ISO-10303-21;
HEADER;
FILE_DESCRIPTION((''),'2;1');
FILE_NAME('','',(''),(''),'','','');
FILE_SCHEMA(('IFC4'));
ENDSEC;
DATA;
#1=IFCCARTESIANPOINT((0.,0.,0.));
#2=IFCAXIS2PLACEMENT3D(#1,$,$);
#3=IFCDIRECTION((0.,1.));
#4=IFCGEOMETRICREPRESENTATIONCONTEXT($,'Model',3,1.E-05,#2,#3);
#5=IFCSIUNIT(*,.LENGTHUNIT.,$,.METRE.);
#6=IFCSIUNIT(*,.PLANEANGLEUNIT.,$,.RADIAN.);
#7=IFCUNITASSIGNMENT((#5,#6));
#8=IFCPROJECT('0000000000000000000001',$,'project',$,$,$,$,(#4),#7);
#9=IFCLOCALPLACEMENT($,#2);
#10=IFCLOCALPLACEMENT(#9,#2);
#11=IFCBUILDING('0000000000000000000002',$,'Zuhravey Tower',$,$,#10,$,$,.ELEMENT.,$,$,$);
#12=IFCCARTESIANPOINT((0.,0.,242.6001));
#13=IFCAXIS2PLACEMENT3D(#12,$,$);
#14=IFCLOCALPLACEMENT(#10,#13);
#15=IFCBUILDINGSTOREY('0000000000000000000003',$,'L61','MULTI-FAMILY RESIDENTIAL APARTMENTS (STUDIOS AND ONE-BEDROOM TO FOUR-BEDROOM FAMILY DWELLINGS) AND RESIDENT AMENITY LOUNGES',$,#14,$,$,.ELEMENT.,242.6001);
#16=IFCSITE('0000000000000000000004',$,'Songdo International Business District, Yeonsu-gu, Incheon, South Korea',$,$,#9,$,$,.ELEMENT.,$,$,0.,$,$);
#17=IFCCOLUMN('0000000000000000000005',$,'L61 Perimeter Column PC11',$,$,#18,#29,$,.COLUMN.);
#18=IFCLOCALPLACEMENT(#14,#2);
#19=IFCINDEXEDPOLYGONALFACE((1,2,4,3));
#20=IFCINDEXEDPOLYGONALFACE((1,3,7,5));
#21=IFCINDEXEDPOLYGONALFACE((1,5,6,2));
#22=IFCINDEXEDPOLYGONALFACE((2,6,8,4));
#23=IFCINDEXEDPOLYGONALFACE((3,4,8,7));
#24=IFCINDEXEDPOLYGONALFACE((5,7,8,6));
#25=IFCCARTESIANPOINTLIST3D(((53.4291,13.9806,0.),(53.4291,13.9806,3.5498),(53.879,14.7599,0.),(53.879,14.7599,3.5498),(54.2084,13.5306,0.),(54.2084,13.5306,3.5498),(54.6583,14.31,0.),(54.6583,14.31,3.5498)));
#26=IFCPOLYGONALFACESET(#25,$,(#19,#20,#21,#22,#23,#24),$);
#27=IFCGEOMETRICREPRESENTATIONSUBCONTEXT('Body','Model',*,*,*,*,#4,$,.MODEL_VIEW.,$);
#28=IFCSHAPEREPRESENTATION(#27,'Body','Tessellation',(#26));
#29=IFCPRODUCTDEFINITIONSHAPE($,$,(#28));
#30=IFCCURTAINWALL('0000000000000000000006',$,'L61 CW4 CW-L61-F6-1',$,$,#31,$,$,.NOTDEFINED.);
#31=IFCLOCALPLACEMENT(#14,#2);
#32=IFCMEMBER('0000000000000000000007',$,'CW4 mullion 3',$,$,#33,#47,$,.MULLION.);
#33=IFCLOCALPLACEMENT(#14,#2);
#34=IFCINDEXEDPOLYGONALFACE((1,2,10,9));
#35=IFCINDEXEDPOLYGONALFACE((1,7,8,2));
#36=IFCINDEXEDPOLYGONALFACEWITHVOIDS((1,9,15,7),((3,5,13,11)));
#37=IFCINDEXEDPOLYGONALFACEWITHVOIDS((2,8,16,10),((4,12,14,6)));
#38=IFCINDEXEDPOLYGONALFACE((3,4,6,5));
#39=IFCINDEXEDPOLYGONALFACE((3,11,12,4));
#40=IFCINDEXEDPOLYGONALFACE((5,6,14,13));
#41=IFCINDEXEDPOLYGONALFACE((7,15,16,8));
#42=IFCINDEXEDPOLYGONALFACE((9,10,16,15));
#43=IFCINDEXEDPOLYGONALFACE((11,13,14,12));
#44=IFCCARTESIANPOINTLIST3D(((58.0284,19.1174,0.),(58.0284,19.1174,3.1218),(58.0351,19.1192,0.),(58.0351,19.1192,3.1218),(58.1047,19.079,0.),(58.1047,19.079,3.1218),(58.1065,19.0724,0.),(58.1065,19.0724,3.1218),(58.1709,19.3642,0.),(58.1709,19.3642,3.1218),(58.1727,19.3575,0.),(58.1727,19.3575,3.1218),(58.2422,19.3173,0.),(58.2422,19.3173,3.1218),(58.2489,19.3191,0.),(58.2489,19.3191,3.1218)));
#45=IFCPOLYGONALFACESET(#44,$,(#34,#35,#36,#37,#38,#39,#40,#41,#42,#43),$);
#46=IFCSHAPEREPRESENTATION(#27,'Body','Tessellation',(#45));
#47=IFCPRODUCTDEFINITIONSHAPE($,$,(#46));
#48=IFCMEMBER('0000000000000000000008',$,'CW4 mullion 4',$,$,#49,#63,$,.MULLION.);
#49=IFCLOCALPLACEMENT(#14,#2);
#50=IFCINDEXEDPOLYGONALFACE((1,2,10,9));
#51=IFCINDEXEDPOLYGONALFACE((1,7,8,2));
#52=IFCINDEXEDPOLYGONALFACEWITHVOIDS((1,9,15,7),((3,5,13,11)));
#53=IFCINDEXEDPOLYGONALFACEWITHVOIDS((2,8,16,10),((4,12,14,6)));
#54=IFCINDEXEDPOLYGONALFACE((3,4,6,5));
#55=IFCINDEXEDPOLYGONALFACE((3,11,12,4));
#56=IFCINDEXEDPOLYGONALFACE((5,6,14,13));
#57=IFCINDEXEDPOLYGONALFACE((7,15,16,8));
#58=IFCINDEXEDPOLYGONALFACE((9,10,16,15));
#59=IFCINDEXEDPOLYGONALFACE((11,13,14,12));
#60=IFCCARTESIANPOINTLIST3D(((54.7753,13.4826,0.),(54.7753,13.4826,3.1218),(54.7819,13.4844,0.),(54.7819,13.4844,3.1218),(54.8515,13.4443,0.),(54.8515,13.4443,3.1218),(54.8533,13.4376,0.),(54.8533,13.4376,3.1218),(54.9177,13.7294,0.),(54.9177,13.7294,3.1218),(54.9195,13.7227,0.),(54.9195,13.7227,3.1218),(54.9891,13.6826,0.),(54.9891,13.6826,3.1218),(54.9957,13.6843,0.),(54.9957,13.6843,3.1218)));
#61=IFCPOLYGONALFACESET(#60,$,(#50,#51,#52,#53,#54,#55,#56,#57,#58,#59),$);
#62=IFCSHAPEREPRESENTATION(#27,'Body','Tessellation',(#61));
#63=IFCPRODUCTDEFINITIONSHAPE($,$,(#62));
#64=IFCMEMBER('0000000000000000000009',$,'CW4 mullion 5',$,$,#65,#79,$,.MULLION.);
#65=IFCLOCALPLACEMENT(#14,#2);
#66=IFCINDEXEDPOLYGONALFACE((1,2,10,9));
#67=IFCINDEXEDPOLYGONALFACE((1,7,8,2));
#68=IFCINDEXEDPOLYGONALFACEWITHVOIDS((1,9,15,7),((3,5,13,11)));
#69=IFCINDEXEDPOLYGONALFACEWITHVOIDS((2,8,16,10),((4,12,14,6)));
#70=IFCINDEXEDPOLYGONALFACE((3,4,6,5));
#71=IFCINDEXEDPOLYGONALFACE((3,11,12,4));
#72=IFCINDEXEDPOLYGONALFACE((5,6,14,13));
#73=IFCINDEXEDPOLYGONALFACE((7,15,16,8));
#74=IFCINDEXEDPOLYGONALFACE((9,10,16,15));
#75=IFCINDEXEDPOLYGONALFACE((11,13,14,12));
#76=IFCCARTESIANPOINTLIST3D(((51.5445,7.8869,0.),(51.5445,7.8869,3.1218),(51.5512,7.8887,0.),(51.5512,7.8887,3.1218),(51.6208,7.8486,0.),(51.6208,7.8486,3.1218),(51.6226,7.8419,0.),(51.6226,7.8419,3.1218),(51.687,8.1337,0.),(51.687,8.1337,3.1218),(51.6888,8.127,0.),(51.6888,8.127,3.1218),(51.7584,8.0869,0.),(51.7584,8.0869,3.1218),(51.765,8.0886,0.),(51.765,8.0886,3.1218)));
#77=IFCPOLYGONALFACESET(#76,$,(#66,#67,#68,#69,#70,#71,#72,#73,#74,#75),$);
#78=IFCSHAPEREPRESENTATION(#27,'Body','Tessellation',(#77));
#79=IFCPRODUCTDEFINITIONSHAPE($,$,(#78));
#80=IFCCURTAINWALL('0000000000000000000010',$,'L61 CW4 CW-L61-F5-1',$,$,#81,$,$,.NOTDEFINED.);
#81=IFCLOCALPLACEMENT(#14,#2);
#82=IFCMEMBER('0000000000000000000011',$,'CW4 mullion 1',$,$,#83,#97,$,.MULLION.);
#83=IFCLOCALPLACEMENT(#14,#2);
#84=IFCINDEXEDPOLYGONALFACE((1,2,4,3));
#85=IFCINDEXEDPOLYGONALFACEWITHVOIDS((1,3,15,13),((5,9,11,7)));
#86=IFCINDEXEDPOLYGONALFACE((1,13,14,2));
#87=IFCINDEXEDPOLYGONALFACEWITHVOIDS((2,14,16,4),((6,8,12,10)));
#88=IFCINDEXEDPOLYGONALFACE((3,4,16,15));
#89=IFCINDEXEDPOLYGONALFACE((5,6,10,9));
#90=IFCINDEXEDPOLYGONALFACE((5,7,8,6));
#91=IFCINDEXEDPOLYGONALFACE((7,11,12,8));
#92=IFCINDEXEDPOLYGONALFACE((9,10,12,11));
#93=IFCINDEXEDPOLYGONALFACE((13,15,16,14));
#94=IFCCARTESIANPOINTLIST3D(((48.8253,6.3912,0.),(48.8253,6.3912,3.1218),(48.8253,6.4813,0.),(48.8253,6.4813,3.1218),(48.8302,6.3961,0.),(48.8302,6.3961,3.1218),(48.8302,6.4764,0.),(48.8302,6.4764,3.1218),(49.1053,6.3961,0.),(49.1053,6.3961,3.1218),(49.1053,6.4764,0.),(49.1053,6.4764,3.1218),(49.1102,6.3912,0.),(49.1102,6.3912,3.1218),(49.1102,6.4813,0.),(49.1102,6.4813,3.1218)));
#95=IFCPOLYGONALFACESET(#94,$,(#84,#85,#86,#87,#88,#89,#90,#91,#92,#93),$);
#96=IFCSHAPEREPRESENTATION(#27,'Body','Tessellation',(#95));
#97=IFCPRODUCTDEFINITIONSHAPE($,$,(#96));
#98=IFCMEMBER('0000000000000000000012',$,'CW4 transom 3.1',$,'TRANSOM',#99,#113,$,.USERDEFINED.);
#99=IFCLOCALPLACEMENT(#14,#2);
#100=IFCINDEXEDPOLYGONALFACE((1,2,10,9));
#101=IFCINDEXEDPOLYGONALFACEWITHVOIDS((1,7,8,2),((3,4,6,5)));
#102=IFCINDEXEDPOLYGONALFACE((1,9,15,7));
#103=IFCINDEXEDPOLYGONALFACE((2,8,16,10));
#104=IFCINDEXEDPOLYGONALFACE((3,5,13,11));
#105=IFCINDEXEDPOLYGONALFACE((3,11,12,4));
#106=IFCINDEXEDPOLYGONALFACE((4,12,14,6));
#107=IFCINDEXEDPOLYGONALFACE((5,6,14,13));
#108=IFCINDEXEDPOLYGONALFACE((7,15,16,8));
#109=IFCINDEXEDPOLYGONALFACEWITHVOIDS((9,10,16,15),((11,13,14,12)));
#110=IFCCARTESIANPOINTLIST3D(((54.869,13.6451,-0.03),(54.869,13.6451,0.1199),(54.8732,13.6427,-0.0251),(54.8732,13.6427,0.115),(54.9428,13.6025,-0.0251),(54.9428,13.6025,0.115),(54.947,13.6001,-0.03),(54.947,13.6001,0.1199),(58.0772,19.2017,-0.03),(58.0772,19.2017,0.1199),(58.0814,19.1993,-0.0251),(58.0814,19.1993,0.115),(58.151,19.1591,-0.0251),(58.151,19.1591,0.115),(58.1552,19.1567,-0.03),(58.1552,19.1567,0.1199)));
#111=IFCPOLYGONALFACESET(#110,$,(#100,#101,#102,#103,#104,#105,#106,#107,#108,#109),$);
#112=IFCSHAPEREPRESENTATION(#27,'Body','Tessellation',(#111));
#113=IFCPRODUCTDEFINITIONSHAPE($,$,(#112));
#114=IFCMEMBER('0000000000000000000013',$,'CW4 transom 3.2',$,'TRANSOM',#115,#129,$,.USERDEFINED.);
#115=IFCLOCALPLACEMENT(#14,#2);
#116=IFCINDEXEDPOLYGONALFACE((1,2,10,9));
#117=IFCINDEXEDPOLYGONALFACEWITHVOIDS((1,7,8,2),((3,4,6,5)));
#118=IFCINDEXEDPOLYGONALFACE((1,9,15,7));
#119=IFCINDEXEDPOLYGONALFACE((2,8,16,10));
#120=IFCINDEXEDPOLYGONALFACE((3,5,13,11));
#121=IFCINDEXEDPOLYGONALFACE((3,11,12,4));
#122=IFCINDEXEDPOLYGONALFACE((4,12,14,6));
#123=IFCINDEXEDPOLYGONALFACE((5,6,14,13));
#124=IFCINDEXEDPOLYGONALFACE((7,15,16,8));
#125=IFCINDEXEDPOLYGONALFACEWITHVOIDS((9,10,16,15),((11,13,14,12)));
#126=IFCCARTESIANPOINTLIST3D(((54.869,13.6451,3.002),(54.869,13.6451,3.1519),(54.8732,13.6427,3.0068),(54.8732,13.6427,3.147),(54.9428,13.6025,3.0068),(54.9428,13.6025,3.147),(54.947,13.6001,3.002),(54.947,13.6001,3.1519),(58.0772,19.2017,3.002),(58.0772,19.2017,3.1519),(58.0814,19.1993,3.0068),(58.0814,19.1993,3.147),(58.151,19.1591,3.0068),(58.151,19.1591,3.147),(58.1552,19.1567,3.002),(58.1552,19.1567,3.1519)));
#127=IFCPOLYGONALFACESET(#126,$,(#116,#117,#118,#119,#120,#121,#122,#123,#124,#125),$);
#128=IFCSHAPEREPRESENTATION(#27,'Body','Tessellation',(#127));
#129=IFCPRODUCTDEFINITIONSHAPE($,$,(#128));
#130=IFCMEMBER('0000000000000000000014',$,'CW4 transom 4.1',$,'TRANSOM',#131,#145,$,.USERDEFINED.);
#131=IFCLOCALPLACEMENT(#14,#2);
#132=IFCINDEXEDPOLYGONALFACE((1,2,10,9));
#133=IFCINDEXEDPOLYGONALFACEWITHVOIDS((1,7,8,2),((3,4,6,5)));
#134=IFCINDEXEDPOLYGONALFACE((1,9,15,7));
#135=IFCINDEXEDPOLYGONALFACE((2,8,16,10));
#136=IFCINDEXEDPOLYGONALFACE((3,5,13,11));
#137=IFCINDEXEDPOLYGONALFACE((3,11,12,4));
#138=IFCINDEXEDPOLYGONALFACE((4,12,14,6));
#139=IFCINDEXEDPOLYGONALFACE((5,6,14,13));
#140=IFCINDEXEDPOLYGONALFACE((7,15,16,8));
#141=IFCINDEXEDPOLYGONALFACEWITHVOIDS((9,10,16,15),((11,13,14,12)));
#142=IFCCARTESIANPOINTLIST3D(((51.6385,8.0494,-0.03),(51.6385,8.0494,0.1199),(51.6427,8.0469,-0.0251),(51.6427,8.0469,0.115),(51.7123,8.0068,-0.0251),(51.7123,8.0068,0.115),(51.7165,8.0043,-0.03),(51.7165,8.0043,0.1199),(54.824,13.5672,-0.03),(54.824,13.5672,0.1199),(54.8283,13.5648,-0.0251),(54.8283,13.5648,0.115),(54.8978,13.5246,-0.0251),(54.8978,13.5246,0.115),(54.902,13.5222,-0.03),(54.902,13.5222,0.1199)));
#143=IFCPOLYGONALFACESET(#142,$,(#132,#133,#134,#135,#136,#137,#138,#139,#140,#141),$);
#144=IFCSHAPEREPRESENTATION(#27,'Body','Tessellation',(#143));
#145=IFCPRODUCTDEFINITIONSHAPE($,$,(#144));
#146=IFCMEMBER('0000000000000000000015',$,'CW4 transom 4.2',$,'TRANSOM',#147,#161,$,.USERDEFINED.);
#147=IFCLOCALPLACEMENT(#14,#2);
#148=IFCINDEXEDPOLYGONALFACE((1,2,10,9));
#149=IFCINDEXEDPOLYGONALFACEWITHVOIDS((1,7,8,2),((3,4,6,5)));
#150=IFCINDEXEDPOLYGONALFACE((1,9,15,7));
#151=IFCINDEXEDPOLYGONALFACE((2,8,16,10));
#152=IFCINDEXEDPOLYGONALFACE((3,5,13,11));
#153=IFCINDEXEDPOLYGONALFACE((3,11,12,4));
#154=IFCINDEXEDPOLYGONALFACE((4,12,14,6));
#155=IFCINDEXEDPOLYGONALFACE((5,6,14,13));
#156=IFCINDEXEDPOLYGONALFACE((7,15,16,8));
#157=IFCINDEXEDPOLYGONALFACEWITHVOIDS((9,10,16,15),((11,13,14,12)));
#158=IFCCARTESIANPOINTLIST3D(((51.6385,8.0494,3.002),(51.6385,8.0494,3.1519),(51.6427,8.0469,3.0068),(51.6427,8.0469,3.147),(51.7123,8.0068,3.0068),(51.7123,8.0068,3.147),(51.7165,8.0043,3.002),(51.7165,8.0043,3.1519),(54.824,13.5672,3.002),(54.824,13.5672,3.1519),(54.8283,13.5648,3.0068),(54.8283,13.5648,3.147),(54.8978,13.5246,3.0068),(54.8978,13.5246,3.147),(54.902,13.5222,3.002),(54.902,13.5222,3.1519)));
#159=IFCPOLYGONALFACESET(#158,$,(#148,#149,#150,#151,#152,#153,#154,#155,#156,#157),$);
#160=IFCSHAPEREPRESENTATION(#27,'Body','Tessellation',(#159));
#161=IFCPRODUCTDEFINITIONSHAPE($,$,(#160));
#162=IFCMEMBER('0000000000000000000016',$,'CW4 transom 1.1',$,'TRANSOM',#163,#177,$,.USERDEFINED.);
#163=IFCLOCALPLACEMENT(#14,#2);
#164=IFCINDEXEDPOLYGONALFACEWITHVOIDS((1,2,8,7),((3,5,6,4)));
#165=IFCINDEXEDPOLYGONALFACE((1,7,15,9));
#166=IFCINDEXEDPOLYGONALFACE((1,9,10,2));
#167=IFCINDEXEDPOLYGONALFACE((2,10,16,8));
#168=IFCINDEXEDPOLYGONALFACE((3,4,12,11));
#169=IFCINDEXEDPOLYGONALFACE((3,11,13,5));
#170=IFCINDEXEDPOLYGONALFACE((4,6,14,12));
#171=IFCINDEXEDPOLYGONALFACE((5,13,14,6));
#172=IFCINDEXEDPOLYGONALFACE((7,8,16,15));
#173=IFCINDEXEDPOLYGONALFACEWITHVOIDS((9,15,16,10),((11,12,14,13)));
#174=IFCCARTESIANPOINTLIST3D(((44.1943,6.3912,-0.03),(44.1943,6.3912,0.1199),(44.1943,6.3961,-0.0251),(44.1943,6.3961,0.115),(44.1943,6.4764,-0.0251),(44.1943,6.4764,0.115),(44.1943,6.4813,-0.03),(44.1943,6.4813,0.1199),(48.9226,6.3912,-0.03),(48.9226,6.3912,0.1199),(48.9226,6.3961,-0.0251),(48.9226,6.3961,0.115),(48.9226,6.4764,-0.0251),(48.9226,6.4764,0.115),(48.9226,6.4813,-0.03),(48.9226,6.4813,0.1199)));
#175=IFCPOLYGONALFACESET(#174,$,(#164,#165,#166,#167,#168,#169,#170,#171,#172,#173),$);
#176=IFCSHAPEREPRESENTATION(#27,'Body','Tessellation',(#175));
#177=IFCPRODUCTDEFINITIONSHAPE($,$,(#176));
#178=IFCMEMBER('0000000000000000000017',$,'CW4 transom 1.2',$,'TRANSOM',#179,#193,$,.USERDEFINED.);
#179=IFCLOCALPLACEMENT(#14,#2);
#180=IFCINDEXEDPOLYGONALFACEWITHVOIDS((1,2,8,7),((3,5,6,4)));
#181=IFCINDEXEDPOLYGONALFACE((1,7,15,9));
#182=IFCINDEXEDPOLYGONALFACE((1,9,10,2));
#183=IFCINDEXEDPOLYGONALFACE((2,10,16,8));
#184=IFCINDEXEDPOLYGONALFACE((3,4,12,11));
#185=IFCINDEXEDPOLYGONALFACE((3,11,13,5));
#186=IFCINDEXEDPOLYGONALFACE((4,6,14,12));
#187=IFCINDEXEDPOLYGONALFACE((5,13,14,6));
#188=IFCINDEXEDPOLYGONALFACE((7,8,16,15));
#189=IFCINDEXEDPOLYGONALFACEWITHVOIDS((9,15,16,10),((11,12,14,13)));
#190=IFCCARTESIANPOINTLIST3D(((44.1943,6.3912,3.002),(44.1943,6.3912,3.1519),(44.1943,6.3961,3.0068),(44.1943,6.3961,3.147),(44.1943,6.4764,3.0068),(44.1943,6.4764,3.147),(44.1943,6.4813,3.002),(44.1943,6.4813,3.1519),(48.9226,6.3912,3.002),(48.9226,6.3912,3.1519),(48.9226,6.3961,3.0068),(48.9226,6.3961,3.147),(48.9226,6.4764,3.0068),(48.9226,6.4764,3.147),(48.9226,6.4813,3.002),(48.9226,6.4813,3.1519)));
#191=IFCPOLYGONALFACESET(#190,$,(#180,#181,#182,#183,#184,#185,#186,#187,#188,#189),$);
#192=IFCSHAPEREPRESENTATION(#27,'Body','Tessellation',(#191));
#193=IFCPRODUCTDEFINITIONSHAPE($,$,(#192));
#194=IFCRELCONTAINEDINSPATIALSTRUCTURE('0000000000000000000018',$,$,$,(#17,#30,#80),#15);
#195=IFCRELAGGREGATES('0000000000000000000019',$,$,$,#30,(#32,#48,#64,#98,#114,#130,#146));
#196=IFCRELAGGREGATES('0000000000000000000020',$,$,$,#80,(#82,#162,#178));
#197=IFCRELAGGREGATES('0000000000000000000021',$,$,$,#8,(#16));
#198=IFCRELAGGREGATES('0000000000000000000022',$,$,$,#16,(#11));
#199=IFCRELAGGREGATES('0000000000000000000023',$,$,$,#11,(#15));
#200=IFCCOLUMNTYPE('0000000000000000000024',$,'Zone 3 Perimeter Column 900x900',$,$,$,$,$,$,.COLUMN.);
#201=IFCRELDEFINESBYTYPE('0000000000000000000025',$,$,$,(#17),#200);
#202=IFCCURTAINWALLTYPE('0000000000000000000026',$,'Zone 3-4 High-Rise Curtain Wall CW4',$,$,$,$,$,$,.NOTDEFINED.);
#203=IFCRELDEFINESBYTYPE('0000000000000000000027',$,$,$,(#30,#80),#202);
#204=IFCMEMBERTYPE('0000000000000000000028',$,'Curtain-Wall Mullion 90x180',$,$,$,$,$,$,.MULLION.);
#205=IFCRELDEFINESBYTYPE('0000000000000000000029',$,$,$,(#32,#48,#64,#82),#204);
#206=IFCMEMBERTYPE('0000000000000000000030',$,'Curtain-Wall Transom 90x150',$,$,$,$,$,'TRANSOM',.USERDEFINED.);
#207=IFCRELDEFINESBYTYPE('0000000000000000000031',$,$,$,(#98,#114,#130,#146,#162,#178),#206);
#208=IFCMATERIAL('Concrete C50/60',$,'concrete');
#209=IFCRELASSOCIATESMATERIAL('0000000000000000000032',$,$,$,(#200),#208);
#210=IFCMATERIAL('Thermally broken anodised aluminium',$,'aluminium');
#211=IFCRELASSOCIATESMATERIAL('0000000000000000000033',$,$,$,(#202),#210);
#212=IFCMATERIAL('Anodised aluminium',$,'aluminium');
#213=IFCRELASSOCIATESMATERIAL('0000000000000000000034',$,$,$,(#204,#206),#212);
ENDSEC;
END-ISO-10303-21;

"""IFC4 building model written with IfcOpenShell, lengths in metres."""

from ifc_helpers import new_model, si_unit, direction, frame, origin, origin_2d, place, context, subcontext, project, spatial, rectangle, hollow_rectangle, extrude, material, material_profile, profile_set, type_object, element, aggregate, save


model = new_model("IFC4")

# Units and contexts
model_context = context("Model", 3, precision=1e-05, world=origin(), true_north=direction((0.0, 1.0)))
body_context = subcontext(model_context, "Body", "Model", "MODEL_VIEW")
ifc_project = project(units=[si_unit("LENGTHUNIT", "METRE"), si_unit("PLANEANGLEUNIT", "RADIAN")], contexts=[model_context])

# Site, building, storey
site_placement = place(None, origin())
site = spatial("IfcSite", under=ifc_project, at=site_placement, Name="Songdo International Business District, Yeonsu-gu, Incheon, South Korea", CompositionType="ELEMENT", RefElevation=0.0)
building_placement = place(site_placement, origin())
building = spatial("IfcBuilding", under=site, at=building_placement, Name="Zuhravey Tower", CompositionType="ELEMENT")
storey_placement = place(building_placement, frame((0.0, 0.0, 242.6001)))
storey = spatial("IfcBuildingStorey", under=building, at=storey_placement, Name="L61", Description="MULTI-FAMILY RESIDENTIAL APARTMENTS (STUDIOS AND ONE-BEDROOM TO FOUR-BEDROOM FAMILY DWELLINGS) AND RESIDENT AMENITY LOUNGES", CompositionType="ELEMENT", Elevation=242.6001)

# Column
ifc_material_1 = material(Name="Concrete C50/60", Category="concrete")
ifc_material_profile_1 = material_profile(ifc_material_1, rectangle(XDim=0.8999, YDim=0.8999, at=origin_2d()), Name="RC-900x900")
ifc_profile_set_1 = profile_set([ifc_material_profile_1], Name="Concrete C50/60")
column_type = type_object("IfcColumnType", Name="Zone 3 Perimeter Column 900x900", PredefinedType="COLUMN", material=ifc_profile_set_1)
column_placement = place(storey_placement, frame((54.0437, 14.1453, 0.0), z_axis=(0.0, 0.0, 1.0), x_axis=(0.5, 0.866025, 0.0)))
element("IfcColumn", 1, at=column_placement, inside=storey, type_object=column_type, Name="L61 Perimeter Column PC11", PredefinedType="COLUMN", context=body_context, shape_type="SweptSolid", body=[
    extrude(rectangle(XDim=0.8999, YDim=0.8999, at=origin_2d()), origin(), (0.0, 0.0, 1.0), 3.5498),
])

# Curtain wall, members
ifc_material_2 = material(Name="Thermally broken anodised aluminium", Category="aluminium")
curtain_wall_type = type_object("IfcCurtainWallType", Name="Zone 3-4 High-Rise Curtain Wall CW4", PredefinedType="NOTDEFINED", material=ifc_material_2)
curtain_wall_1_placement = place(storey_placement, origin())
curtain_wall_1 = element("IfcCurtainWall", 2, at=curtain_wall_1_placement, inside=storey, type_object=curtain_wall_type, Name="L61 CW4 CW-L61-F6-1", PredefinedType="NOTDEFINED")
ifc_material_3 = material(Name="Anodised aluminium", Category="aluminium")
ifc_material_profile_2 = material_profile(ifc_material_3, hollow_rectangle(XDim=0.0901, YDim=0.2849, WallThickness=0.0049, at=origin_2d()), Name="ALU-RHS-90x285x5")
ifc_profile_set_2 = profile_set([ifc_material_profile_2], Name="Anodised aluminium")
member_type_1 = type_object("IfcMemberType", Name="Curtain-Wall Mullion 90x180", PredefinedType="MULLION", material=ifc_profile_set_2)
member_1_placement = place(storey_placement, frame((58.1387, 19.2183, 0.0), z_axis=(0.0, 0.0, 1.0), x_axis=(0.866025, -0.500001, 0.0)))
member_1 = element("IfcMember", 3, at=member_1_placement, type_object=member_type_1, Name="CW4 mullion 3", PredefinedType="MULLION", context=body_context, shape_type="SweptSolid", body=[
    extrude(hollow_rectangle(XDim=0.0901, YDim=0.2849, WallThickness=0.0049, at=origin_2d()), origin(), (0.0, 0.0, 1.0), 3.1218),
])
member_2_placement = place(storey_placement, frame((54.8855, 13.5835, 0.0), z_axis=(0.0, 0.0, 1.0), x_axis=(0.866025, -0.500001, 0.0)))
member_2 = element("IfcMember", 4, at=member_2_placement, type_object=member_type_1, Name="CW4 mullion 4", PredefinedType="MULLION", context=body_context, shape_type="SweptSolid", body=[
    extrude(hollow_rectangle(XDim=0.0901, YDim=0.2849, WallThickness=0.0049, at=origin_2d()), origin(), (0.0, 0.0, 1.0), 3.1218),
])
member_3_placement = place(storey_placement, frame((51.6548, 7.9878, 0.0), z_axis=(0.0, 0.0, 1.0), x_axis=(0.866025, -0.500001, 0.0)))
member_3 = element("IfcMember", 5, at=member_3_placement, type_object=member_type_1, Name="CW4 mullion 5", PredefinedType="MULLION", context=body_context, shape_type="SweptSolid", body=[
    extrude(hollow_rectangle(XDim=0.0901, YDim=0.2849, WallThickness=0.0049, at=origin_2d()), origin(), (0.0, 0.0, 1.0), 3.1218),
])

# Curtain wall, member
curtain_wall_2_placement = place(storey_placement, origin())
curtain_wall_2 = element("IfcCurtainWall", 6, at=curtain_wall_2_placement, inside=storey, type_object=curtain_wall_type, Name="L61 CW4 CW-L61-F5-1", PredefinedType="NOTDEFINED")
member_4_placement = place(storey_placement, frame((48.9678, 6.4363, 0.0), z_axis=(0.0, 0.0, 1.0), x_axis=(0.0, -1.0, 0.0)))
member_4 = element("IfcMember", 7, at=member_4_placement, type_object=member_type_1, Name="CW4 mullion 1", PredefinedType="MULLION", context=body_context, shape_type="SweptSolid", body=[
    extrude(hollow_rectangle(XDim=0.0901, YDim=0.2849, WallThickness=0.0049, at=origin_2d()), origin(), (0.0, 0.0, 1.0), 3.1218),
])

# Members
ifc_material_profile_3 = material_profile(ifc_material_3, hollow_rectangle(XDim=0.0901, YDim=0.1499, WallThickness=0.0049, at=origin_2d()), Name="ALU-RHS-90x150x5")
ifc_profile_set_3 = profile_set([ifc_material_profile_3], Name="Anodised aluminium")
member_type_2 = type_object("IfcMemberType", Name="Curtain-Wall Transom 90x150", ElementType="TRANSOM", PredefinedType="USERDEFINED", material=ifc_profile_set_3)
member_5_placement = place(storey_placement, frame((58.1162, 19.1792, 0.0449), z_axis=(-0.500014, -0.866017, 0.0), x_axis=(0.866017, -0.500014, 0.0)))
member_5 = element("IfcMember", 8, at=member_5_placement, type_object=member_type_2, Name="CW4 transom 3.1", ObjectType="TRANSOM", PredefinedType="USERDEFINED", context=body_context, shape_type="SweptSolid", body=[
    extrude(hollow_rectangle(XDim=0.0901, YDim=0.1499, WallThickness=0.0049, at=origin_2d()), origin(), (0.0, 0.0, 1.0), 6.4163),
])
member_6_placement = place(storey_placement, frame((58.1162, 19.1792, 3.0769), z_axis=(-0.500014, -0.866017, 0.0), x_axis=(0.866017, -0.500014, 0.0)))
member_6 = element("IfcMember", 9, at=member_6_placement, type_object=member_type_2, Name="CW4 transom 3.2", ObjectType="TRANSOM", PredefinedType="USERDEFINED", context=body_context, shape_type="SweptSolid", body=[
    extrude(hollow_rectangle(XDim=0.0901, YDim=0.1499, WallThickness=0.0049, at=origin_2d()), origin(), (0.0, 0.0, 1.0), 6.4163),
])
member_7_placement = place(storey_placement, frame((54.863, 13.5447, 0.0449), z_axis=(-0.49998, -0.866037, 0.0), x_axis=(0.866037, -0.49998, 0.0)))
member_7 = element("IfcMember", 10, at=member_7_placement, type_object=member_type_2, Name="CW4 transom 4.1", ObjectType="TRANSOM", PredefinedType="USERDEFINED", context=body_context, shape_type="SweptSolid", body=[
    extrude(hollow_rectangle(XDim=0.0901, YDim=0.1499, WallThickness=0.0049, at=origin_2d()), origin(), (0.0, 0.0, 1.0), 6.3713),
])
member_8_placement = place(storey_placement, frame((54.863, 13.5447, 3.0769), z_axis=(-0.49998, -0.866037, 0.0), x_axis=(0.866037, -0.49998, 0.0)))
member_8 = element("IfcMember", 11, at=member_8_placement, type_object=member_type_2, Name="CW4 transom 4.2", ObjectType="TRANSOM", PredefinedType="USERDEFINED", context=body_context, shape_type="SweptSolid", body=[
    extrude(hollow_rectangle(XDim=0.0901, YDim=0.1499, WallThickness=0.0049, at=origin_2d()), origin(), (0.0, 0.0, 1.0), 6.3713),
])
member_9_placement = place(storey_placement, frame((48.9226, 6.4363, 0.0449), z_axis=(-1.0, 0.0, 0.0), x_axis=(0.0, -1.0, 0.0)))
member_9 = element("IfcMember", 12, at=member_9_placement, type_object=member_type_2, Name="CW4 transom 1.1", ObjectType="TRANSOM", PredefinedType="USERDEFINED", context=body_context, shape_type="SweptSolid", body=[
    extrude(hollow_rectangle(XDim=0.0901, YDim=0.1499, WallThickness=0.0049, at=origin_2d()), origin(), (0.0, 0.0, 1.0), 4.7283),
])
member_10_placement = place(storey_placement, frame((48.9226, 6.4363, 3.0769), z_axis=(-1.0, 0.0, 0.0), x_axis=(0.0, -1.0, 0.0)))
member_10 = element("IfcMember", 13, at=member_10_placement, type_object=member_type_2, Name="CW4 transom 1.2", ObjectType="TRANSOM", PredefinedType="USERDEFINED", context=body_context, shape_type="SweptSolid", body=[
    extrude(hollow_rectangle(XDim=0.0901, YDim=0.1499, WallThickness=0.0049, at=origin_2d()), origin(), (0.0, 0.0, 1.0), 4.7283),
])

aggregate(curtain_wall_1, [member_1, member_2, member_3, member_5, member_6, member_7, member_8])
aggregate(curtain_wall_2, [member_4, member_9, member_10])

save(model, "model.ifc")
